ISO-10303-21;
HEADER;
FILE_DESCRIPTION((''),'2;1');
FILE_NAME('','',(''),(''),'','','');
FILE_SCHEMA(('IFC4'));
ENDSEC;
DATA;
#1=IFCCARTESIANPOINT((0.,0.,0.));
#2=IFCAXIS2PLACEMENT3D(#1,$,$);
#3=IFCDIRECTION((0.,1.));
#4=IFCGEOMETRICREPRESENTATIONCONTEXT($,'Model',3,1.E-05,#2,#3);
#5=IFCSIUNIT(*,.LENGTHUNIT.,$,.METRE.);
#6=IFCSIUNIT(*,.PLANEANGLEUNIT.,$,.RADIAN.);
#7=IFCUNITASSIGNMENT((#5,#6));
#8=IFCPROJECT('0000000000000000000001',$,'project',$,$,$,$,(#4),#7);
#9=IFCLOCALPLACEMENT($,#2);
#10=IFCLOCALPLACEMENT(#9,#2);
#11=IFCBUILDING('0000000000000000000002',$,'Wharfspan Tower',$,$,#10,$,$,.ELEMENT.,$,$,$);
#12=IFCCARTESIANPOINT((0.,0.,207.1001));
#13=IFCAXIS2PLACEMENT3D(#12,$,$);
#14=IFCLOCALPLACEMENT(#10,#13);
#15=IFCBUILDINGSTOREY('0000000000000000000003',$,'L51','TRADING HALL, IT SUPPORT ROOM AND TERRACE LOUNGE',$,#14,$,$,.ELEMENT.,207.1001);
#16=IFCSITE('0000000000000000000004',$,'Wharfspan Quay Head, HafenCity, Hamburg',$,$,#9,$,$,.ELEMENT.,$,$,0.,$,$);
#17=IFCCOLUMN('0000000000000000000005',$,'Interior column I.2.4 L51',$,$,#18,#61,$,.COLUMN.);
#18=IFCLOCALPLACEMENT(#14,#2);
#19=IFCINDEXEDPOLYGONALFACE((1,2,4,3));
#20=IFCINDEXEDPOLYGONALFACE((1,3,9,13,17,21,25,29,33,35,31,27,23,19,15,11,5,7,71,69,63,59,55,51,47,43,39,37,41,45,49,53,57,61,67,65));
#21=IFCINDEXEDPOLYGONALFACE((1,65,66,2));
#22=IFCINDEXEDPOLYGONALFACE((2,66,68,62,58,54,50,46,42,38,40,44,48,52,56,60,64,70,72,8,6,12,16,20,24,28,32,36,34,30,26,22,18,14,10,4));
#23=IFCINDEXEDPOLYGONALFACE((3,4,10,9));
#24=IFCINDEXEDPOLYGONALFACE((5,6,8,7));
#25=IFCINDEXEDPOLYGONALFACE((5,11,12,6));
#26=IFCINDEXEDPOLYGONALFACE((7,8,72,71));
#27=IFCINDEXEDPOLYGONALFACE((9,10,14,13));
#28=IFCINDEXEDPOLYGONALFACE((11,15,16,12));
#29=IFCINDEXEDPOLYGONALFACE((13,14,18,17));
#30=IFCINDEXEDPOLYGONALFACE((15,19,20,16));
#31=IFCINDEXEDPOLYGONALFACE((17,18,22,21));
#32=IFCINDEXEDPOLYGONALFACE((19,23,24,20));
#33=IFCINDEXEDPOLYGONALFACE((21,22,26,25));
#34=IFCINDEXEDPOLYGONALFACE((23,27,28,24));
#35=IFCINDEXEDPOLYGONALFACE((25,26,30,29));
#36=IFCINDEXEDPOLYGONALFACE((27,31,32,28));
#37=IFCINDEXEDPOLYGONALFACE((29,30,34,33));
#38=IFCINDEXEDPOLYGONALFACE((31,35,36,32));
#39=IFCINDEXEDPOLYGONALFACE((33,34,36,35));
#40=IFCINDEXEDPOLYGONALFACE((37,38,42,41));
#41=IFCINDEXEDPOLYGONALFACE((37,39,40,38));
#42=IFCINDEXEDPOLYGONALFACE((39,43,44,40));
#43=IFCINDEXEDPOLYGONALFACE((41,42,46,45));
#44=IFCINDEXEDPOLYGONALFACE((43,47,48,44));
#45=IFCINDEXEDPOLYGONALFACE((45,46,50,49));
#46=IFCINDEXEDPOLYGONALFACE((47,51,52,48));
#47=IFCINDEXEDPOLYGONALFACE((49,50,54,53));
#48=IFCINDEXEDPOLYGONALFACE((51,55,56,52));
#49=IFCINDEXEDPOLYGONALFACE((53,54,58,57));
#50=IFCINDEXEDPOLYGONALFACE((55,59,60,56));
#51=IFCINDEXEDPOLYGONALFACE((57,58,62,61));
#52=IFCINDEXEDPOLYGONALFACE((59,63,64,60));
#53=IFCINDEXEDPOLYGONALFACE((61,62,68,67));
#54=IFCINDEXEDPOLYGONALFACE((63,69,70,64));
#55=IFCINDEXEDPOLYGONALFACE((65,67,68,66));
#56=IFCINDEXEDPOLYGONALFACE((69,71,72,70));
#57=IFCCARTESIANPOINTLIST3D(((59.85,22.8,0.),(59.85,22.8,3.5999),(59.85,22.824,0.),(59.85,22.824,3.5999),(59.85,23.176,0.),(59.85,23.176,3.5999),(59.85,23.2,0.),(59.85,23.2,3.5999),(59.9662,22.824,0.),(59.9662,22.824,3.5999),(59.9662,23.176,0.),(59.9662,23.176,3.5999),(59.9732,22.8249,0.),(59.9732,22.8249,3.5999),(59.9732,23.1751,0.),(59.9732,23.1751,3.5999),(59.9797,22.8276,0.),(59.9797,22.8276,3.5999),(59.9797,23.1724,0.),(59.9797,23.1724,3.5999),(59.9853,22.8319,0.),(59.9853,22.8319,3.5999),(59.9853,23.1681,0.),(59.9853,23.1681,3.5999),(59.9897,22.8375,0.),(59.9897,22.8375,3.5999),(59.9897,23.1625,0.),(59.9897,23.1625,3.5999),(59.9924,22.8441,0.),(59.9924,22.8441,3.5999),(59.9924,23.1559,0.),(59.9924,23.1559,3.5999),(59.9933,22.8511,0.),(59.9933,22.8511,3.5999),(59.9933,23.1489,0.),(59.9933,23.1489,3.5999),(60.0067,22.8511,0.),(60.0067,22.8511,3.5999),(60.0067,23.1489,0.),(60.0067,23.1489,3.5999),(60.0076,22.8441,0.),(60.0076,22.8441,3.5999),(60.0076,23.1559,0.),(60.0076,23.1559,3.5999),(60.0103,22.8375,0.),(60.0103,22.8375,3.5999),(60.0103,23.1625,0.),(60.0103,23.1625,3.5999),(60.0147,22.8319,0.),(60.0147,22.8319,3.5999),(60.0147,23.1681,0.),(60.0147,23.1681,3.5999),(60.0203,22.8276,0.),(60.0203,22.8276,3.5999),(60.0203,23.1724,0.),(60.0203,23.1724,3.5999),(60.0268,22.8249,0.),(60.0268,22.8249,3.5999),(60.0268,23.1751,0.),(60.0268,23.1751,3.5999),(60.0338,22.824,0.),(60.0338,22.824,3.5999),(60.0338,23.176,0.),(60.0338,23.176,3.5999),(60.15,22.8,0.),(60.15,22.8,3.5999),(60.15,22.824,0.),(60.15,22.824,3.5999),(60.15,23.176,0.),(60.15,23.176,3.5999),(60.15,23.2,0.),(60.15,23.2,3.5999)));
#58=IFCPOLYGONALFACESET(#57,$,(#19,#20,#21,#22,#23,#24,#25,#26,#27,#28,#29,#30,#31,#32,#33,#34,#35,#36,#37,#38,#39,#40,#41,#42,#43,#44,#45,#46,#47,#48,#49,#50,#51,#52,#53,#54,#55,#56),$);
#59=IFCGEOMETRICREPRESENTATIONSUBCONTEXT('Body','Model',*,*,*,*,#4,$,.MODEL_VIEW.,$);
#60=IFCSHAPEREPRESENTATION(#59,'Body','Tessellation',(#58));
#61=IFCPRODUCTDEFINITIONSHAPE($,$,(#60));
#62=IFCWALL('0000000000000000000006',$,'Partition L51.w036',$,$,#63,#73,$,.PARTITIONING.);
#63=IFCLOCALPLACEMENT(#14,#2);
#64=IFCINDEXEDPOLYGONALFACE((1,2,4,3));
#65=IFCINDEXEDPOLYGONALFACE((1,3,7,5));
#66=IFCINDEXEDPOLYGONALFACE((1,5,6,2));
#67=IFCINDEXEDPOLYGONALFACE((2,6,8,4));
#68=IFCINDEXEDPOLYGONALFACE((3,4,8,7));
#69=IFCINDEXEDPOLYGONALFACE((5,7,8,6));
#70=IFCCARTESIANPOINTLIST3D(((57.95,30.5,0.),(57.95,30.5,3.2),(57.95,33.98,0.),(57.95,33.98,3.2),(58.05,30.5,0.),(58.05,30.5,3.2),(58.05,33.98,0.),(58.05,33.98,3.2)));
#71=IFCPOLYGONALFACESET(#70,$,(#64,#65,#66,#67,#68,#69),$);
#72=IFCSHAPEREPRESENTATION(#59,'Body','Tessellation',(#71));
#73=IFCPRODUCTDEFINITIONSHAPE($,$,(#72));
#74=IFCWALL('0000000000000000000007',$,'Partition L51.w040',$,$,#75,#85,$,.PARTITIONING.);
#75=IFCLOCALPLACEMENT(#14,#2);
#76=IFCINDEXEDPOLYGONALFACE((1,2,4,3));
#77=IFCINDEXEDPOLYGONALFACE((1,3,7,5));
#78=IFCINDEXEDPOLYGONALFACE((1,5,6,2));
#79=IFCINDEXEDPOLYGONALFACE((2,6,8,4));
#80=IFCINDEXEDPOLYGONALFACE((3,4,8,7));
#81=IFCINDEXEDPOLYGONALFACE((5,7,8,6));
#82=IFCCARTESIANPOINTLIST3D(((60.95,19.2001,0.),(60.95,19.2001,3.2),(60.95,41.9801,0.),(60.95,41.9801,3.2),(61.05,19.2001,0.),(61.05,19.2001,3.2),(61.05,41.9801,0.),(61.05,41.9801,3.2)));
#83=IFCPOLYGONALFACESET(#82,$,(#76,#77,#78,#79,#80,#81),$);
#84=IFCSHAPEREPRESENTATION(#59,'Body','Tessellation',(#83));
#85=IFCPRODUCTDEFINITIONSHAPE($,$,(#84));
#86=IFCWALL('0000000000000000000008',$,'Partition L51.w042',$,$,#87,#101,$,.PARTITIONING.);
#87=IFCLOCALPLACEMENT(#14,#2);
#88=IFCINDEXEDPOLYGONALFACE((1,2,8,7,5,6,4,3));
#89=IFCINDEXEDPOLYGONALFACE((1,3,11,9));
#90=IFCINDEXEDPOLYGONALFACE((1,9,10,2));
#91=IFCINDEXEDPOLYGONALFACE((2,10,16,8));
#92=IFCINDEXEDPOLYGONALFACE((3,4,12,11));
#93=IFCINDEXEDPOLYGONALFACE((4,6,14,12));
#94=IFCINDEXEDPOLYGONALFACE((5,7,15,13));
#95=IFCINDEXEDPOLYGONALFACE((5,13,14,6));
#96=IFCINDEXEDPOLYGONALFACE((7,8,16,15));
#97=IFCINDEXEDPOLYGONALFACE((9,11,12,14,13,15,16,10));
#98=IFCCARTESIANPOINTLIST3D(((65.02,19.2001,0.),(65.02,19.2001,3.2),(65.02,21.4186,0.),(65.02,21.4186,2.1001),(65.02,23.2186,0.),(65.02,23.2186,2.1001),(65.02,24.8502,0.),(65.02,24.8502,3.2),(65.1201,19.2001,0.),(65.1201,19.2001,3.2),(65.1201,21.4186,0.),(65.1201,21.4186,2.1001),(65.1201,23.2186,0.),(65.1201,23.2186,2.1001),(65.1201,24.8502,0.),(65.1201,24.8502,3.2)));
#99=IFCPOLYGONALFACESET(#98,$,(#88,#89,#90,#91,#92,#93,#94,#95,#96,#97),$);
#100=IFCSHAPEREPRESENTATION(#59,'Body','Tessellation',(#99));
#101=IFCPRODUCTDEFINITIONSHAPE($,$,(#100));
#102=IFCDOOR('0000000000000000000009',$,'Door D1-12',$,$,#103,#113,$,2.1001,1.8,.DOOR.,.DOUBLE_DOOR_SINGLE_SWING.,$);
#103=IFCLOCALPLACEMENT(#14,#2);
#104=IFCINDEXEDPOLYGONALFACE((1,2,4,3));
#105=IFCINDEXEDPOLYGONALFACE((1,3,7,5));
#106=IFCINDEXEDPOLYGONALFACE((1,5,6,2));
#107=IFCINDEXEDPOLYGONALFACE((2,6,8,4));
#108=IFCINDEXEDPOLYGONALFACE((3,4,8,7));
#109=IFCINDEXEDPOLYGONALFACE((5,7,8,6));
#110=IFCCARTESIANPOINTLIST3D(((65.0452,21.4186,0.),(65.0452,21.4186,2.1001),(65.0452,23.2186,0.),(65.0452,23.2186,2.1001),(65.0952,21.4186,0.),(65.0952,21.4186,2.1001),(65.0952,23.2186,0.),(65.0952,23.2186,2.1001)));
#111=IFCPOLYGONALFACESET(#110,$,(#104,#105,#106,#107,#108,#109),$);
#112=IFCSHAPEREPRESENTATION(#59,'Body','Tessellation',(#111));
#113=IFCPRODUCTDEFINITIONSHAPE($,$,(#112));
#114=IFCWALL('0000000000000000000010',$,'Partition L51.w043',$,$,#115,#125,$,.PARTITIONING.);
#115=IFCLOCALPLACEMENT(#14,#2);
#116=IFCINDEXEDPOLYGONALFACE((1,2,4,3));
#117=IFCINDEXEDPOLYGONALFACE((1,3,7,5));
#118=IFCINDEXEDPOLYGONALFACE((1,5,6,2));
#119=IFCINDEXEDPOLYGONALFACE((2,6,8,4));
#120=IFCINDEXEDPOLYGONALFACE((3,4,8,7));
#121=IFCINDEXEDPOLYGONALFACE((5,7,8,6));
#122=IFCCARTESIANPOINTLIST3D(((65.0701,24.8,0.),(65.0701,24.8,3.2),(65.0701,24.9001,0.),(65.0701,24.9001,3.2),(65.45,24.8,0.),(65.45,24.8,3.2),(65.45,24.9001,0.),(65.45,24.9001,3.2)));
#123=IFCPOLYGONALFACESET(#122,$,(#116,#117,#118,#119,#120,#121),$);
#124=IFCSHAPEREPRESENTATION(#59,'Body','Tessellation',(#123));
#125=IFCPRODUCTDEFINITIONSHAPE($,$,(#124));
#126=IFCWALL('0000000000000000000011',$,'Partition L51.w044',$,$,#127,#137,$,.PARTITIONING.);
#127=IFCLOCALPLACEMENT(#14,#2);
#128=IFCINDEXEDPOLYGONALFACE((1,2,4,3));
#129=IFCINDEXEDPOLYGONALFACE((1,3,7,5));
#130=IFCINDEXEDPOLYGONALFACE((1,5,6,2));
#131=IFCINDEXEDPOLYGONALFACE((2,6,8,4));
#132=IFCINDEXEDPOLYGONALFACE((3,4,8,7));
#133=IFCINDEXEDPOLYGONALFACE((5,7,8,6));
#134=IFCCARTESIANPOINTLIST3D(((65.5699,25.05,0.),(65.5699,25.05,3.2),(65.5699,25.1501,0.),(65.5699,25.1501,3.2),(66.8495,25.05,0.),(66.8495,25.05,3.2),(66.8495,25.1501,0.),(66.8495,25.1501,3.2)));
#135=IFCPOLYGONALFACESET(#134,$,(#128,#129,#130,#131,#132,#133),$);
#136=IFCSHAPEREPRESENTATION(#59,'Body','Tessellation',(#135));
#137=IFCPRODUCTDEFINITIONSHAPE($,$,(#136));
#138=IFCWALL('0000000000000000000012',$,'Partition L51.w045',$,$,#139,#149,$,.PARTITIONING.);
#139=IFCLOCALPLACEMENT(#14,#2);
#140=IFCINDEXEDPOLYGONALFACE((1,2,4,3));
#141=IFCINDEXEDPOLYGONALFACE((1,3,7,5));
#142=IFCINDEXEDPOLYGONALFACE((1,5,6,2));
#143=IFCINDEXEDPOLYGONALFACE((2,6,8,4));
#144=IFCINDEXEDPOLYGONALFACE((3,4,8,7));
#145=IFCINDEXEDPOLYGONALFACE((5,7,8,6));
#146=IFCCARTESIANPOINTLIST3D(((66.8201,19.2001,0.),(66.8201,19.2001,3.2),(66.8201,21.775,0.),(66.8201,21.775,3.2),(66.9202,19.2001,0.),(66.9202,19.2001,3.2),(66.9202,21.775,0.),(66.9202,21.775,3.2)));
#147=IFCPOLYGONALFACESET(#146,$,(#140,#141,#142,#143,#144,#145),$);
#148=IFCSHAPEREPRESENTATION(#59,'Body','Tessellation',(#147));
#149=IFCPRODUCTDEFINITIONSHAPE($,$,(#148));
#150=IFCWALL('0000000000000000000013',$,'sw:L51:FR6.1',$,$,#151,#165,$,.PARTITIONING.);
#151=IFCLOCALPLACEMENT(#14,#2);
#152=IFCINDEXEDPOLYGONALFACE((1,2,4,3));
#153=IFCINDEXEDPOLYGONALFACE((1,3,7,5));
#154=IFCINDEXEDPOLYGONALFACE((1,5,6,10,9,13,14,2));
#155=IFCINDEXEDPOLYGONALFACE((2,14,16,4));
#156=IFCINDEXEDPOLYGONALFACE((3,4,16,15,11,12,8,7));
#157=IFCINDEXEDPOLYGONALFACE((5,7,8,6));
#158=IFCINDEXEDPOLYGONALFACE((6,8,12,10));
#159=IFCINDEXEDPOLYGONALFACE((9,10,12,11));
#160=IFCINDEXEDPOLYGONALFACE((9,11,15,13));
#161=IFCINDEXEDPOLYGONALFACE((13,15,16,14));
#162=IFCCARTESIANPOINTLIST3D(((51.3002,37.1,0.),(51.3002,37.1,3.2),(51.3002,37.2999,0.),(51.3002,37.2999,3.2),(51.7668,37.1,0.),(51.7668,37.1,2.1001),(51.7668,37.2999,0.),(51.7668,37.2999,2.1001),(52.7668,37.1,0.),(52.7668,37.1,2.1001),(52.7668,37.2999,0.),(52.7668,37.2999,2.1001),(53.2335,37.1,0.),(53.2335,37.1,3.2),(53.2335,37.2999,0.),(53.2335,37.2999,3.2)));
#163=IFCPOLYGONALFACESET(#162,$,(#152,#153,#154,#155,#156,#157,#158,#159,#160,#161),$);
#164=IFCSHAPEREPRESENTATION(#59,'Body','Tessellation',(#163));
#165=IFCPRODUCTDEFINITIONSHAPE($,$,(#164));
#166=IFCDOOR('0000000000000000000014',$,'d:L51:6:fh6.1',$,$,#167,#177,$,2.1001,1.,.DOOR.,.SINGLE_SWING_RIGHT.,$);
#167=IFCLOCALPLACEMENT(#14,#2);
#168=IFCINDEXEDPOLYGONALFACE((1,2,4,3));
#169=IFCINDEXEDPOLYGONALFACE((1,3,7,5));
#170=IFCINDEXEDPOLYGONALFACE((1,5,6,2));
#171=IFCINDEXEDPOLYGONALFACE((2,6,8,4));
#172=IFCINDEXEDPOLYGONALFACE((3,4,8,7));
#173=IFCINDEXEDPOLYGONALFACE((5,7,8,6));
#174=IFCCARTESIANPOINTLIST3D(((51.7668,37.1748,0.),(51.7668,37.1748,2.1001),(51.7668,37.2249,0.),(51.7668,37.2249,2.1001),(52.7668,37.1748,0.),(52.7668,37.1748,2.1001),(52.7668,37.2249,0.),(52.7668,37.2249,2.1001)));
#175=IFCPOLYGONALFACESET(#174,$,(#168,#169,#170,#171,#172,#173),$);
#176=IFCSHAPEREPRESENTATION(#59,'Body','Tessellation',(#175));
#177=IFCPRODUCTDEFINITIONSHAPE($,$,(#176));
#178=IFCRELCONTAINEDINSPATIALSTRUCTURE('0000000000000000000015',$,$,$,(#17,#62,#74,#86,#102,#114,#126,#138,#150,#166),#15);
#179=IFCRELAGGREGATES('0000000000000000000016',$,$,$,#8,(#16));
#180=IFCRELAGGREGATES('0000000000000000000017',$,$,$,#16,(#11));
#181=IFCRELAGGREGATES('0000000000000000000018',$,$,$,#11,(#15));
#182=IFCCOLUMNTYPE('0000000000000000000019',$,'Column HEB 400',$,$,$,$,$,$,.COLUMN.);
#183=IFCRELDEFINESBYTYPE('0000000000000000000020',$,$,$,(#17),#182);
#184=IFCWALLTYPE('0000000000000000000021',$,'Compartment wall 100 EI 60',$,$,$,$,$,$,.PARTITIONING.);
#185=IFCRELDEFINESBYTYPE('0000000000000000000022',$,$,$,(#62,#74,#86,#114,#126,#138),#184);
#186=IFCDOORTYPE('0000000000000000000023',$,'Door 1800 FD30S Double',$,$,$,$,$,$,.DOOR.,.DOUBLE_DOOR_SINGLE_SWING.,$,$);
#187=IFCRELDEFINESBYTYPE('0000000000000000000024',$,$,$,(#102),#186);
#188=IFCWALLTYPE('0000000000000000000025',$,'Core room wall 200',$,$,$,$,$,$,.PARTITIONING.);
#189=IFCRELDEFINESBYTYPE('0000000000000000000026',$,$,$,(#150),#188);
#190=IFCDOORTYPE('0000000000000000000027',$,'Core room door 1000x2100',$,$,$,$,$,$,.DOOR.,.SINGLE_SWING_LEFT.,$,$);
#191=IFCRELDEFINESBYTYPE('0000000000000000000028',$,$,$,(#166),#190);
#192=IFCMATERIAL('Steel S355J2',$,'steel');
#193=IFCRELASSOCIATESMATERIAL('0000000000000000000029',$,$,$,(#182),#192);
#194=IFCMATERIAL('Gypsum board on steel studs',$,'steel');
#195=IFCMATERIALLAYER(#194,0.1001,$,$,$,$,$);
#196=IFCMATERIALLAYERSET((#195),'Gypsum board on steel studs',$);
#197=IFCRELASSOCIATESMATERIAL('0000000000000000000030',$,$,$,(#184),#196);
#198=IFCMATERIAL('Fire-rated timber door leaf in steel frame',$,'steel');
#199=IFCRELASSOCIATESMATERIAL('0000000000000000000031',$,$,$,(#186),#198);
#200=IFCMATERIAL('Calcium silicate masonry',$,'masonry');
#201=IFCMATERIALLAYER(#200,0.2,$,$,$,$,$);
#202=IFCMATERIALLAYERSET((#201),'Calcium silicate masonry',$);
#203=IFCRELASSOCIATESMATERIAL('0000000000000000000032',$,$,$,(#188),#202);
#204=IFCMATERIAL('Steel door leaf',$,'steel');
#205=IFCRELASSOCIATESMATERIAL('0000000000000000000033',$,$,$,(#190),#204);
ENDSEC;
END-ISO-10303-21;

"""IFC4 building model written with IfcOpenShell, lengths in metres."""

from ifc_helpers import new_model, si_unit, direction, frame, frame_2d, origin, origin_2d, place, context, subcontext, project, spatial, rectangle, i_section, extrude, material, layer, layer_set, material_profile, profile_set, type_object, element, fill, save


model = new_model("IFC4")

# Units and contexts
model_context = context("Model", 3, precision=1e-05, world=origin(), true_north=direction((0.0, 1.0)))
body_context = subcontext(model_context, "Body", "Model", "MODEL_VIEW")
ifc_project = project(units=[si_unit("LENGTHUNIT", "METRE"), si_unit("PLANEANGLEUNIT", "RADIAN")], contexts=[model_context])

# Site, building, storey
site_placement = place(None, origin())
site = spatial("IfcSite", under=ifc_project, at=site_placement, Name="Wharfspan Quay Head, HafenCity, Hamburg", CompositionType="ELEMENT", RefElevation=0.0)
building_placement = place(site_placement, origin())
building = spatial("IfcBuilding", under=site, at=building_placement, Name="Wharfspan Tower", CompositionType="ELEMENT")
storey_placement = place(building_placement, frame((0.0, 0.0, 207.1001)))
storey = spatial("IfcBuildingStorey", under=building, at=storey_placement, Name="L51", Description="TRADING HALL, IT SUPPORT ROOM AND TERRACE LOUNGE", CompositionType="ELEMENT", Elevation=207.1001)

# Column
ifc_material_1 = material(Name="Steel S355J2", Category="steel")
ifc_material_profile = material_profile(ifc_material_1, i_section(OverallWidth=0.3, OverallDepth=0.3999, WebThickness=0.0134, FlangeThickness=0.0239, FilletRadius=0.0271, at=origin_2d()))
ifc_profile_set = profile_set([ifc_material_profile], Name="Steel S355J2")
column_type = type_object("IfcColumnType", Name="Column HEB 400", PredefinedType="COLUMN", material=ifc_profile_set)
column_placement = place(storey_placement, frame((60.0, 23.0, 0.0), z_axis=(0.0, 0.0, 1.0), x_axis=(1.0, 0.0, 0.0)))
element("IfcColumn", 1, at=column_placement, inside=storey, type_object=column_type, Name="Interior column I.2.4 L51", PredefinedType="COLUMN", context=body_context, shape_type="SweptSolid", body=[
    extrude(i_section(OverallWidth=0.3, OverallDepth=0.3999, WebThickness=0.0134, FlangeThickness=0.0239, FilletRadius=0.0271, at=origin_2d()), origin(), (0.0, 0.0, 1.0), 3.5999),
])

# Walls
ifc_material_2 = material(Name="Gypsum board on steel studs", Category="steel")
ifc_layer_1 = layer(ifc_material_2, 0.1001)
ifc_layer_set_1 = layer_set([ifc_layer_1], Name="Gypsum board on steel studs")
wall_type_1 = type_object("IfcWallType", Name="Compartment wall 100 EI 60", PredefinedType="PARTITIONING", material=ifc_layer_set_1)
wall_1_placement = place(storey_placement, frame((58.0, 30.5, 0.0), z_axis=(0.0, 0.0, 1.0), x_axis=(0.0, 1.0, 0.0)))
element("IfcWall", 2, at=wall_1_placement, inside=storey, type_object=wall_type_1, Name="Partition L51.w036", PredefinedType="PARTITIONING", context=body_context, shape_type="SweptSolid", body=[
    extrude(rectangle(XDim=3.48, YDim=0.1001, at=frame_2d((1.74, 0.0))), origin(), (0.0, 0.0, 1.0), 3.2),
])
wall_2_placement = place(storey_placement, frame((61.0, 19.2, 0.0), z_axis=(0.0, 0.0, 1.0), x_axis=(0.0, 1.0, 0.0)))
element("IfcWall", 3, at=wall_2_placement, inside=storey, type_object=wall_type_1, Name="Partition L51.w040", PredefinedType="PARTITIONING", context=body_context, shape_type="SweptSolid", body=[
    extrude(rectangle(XDim=22.78, YDim=0.1001, at=frame_2d((11.3901, 0.0))), origin(), (0.0, 0.0, 1.0), 3.2),
])

# Wall, opening, door
wall_3_placement = place(storey_placement, frame((65.0701, 19.2, 0.0), z_axis=(0.0, 0.0, 1.0), x_axis=(0.0, 1.0, 0.0)))
wall_3 = element("IfcWall", 4, at=wall_3_placement, inside=storey, type_object=wall_type_1, Name="Partition L51.w042", PredefinedType="PARTITIONING", context=body_context, shape_type="SweptSolid", body=[
    extrude(rectangle(XDim=5.6501, YDim=0.1001, at=frame_2d((2.8252, 0.0))), origin(), (0.0, 0.0, 1.0), 3.2),
])
opening_1_placement = place(wall_3_placement, frame((2.2188, 0.0, 0.0)))
opening_1 = element("IfcOpeningElement", 5, at=opening_1_placement, cuts=wall_3, PredefinedType="OPENING", context=body_context, shape_type="SweptSolid", body=[
    extrude(rectangle(XDim=1.8, YDim=2.1001, at=frame_2d((0.8999, 1.05))), frame((0.0, 0.0601, 0.0), z_axis=(0.0, -1.0, 0.0), x_axis=(1.0, 0.0, 0.0)), (0.0, 0.0, 1.0), 0.1201),
])
ifc_material_3 = material(Name="Fire-rated timber door leaf in steel frame", Category="steel")
door_type_1 = type_object("IfcDoorType", Name="Door 1800 FD30S Double", OperationType="DOUBLE_DOOR_SINGLE_SWING", PredefinedType="DOOR", material=ifc_material_3)
door_1_placement = place(opening_1_placement, origin())
door_1 = element("IfcDoor", 6, at=door_1_placement, inside=storey, type_object=door_type_1, Name="Door D1-12", OperationType="DOUBLE_DOOR_SINGLE_SWING", OverallHeight=2.1001, OverallWidth=1.8, PredefinedType="DOOR", context=body_context, shape_type="SweptSolid", body=[
    extrude(rectangle(XDim=1.8, YDim=2.1001, at=frame_2d((0.8999, 1.05))), frame((0.0, 0.0249, 0.0), z_axis=(0.0, -1.0, 0.0), x_axis=(1.0, 0.0, 0.0)), (0.0, 0.0, 1.0), 0.05),
])
fill(opening_1, door_1)

# Walls
wall_4_placement = place(storey_placement, frame((65.0701, 24.8501, 0.0), z_axis=(0.0, 0.0, 1.0), x_axis=(1.0, 0.0, 0.0)))
element("IfcWall", 7, at=wall_4_placement, inside=storey, type_object=wall_type_1, Name="Partition L51.w043", PredefinedType="PARTITIONING", context=body_context, shape_type="SweptSolid", body=[
    extrude(rectangle(XDim=0.3799, YDim=0.1001, at=frame_2d((0.1899, 0.0))), origin(), (0.0, 0.0, 1.0), 3.2),
])
wall_5_placement = place(storey_placement, frame((65.5701, 25.1001, 0.0), z_axis=(0.0, 0.0, 1.0), x_axis=(1.0, 0.0, 0.0)))
element("IfcWall", 8, at=wall_5_placement, inside=storey, type_object=wall_type_1, Name="Partition L51.w044", PredefinedType="PARTITIONING", context=body_context, shape_type="SweptSolid", body=[
    extrude(rectangle(XDim=1.2795, YDim=0.1001, at=frame_2d((0.6396, 0.0))), origin(), (0.0, 0.0, 1.0), 3.2),
])
wall_6_placement = place(storey_placement, frame((66.8701, 19.2, 0.0), z_axis=(0.0, 0.0, 1.0), x_axis=(0.0, 1.0, 0.0)))
element("IfcWall", 9, at=wall_6_placement, inside=storey, type_object=wall_type_1, Name="Partition L51.w045", PredefinedType="PARTITIONING", context=body_context, shape_type="SweptSolid", body=[
    extrude(rectangle(XDim=2.575, YDim=0.1001, at=frame_2d((1.2876, 0.0))), origin(), (0.0, 0.0, 1.0), 3.2),
])

# Wall, opening, door
ifc_material_4 = material(Name="Calcium silicate masonry", Category="masonry")
ifc_layer_2 = layer(ifc_material_4, 0.2)
ifc_layer_set_2 = layer_set([ifc_layer_2], Name="Calcium silicate masonry")
wall_type_2 = type_object("IfcWallType", Name="Core room wall 200", PredefinedType="PARTITIONING", material=ifc_layer_set_2)
wall_7_placement = place(storey_placement, frame((51.3, 37.2, 0.0), z_axis=(0.0, 0.0, 1.0), x_axis=(1.0, 0.0, 0.0)))
wall_7 = element("IfcWall", 10, at=wall_7_placement, inside=storey, type_object=wall_type_2, Name="sw:L51:FR6.1", PredefinedType="PARTITIONING", context=body_context, shape_type="SweptSolid", body=[
    extrude(rectangle(XDim=1.9333, YDim=0.2, at=frame_2d((0.9668, 0.0))), origin(), (0.0, 0.0, 1.0), 3.2),
])
opening_2_placement = place(wall_7_placement, frame((0.4668, 0.0, 0.0)))
opening_2 = element("IfcOpeningElement", 11, at=opening_2_placement, cuts=wall_7, PredefinedType="OPENING", context=body_context, shape_type="SweptSolid", body=[
    extrude(rectangle(XDim=1.0, YDim=2.1001, at=frame_2d((0.5, 1.05))), frame((0.0, 0.1099, 0.0), z_axis=(0.0, -1.0, 0.0), x_axis=(1.0, 0.0, 0.0)), (0.0, 0.0, 1.0), 0.22),
])
ifc_material_5 = material(Name="Steel door leaf", Category="steel")
door_type_2 = type_object("IfcDoorType", Name="Core room door 1000x2100", OperationType="SINGLE_SWING_LEFT", PredefinedType="DOOR", material=ifc_material_5)
door_2_placement = place(opening_2_placement, origin())
door_2 = element("IfcDoor", 12, at=door_2_placement, inside=storey, type_object=door_type_2, Name="d:L51:6:fh6.1", OperationType="SINGLE_SWING_RIGHT", OverallHeight=2.1001, OverallWidth=1.0, PredefinedType="DOOR", context=body_context, shape_type="SweptSolid", body=[
    extrude(rectangle(XDim=1.0, YDim=2.1001, at=frame_2d((0.5, 1.05))), frame((0.0, 0.0249, 0.0), z_axis=(0.0, -1.0, 0.0), x_axis=(1.0, 0.0, 0.0)), (0.0, 0.0, 1.0), 0.05),
])
fill(opening_2, door_2)

save(model, "model.ifc")
